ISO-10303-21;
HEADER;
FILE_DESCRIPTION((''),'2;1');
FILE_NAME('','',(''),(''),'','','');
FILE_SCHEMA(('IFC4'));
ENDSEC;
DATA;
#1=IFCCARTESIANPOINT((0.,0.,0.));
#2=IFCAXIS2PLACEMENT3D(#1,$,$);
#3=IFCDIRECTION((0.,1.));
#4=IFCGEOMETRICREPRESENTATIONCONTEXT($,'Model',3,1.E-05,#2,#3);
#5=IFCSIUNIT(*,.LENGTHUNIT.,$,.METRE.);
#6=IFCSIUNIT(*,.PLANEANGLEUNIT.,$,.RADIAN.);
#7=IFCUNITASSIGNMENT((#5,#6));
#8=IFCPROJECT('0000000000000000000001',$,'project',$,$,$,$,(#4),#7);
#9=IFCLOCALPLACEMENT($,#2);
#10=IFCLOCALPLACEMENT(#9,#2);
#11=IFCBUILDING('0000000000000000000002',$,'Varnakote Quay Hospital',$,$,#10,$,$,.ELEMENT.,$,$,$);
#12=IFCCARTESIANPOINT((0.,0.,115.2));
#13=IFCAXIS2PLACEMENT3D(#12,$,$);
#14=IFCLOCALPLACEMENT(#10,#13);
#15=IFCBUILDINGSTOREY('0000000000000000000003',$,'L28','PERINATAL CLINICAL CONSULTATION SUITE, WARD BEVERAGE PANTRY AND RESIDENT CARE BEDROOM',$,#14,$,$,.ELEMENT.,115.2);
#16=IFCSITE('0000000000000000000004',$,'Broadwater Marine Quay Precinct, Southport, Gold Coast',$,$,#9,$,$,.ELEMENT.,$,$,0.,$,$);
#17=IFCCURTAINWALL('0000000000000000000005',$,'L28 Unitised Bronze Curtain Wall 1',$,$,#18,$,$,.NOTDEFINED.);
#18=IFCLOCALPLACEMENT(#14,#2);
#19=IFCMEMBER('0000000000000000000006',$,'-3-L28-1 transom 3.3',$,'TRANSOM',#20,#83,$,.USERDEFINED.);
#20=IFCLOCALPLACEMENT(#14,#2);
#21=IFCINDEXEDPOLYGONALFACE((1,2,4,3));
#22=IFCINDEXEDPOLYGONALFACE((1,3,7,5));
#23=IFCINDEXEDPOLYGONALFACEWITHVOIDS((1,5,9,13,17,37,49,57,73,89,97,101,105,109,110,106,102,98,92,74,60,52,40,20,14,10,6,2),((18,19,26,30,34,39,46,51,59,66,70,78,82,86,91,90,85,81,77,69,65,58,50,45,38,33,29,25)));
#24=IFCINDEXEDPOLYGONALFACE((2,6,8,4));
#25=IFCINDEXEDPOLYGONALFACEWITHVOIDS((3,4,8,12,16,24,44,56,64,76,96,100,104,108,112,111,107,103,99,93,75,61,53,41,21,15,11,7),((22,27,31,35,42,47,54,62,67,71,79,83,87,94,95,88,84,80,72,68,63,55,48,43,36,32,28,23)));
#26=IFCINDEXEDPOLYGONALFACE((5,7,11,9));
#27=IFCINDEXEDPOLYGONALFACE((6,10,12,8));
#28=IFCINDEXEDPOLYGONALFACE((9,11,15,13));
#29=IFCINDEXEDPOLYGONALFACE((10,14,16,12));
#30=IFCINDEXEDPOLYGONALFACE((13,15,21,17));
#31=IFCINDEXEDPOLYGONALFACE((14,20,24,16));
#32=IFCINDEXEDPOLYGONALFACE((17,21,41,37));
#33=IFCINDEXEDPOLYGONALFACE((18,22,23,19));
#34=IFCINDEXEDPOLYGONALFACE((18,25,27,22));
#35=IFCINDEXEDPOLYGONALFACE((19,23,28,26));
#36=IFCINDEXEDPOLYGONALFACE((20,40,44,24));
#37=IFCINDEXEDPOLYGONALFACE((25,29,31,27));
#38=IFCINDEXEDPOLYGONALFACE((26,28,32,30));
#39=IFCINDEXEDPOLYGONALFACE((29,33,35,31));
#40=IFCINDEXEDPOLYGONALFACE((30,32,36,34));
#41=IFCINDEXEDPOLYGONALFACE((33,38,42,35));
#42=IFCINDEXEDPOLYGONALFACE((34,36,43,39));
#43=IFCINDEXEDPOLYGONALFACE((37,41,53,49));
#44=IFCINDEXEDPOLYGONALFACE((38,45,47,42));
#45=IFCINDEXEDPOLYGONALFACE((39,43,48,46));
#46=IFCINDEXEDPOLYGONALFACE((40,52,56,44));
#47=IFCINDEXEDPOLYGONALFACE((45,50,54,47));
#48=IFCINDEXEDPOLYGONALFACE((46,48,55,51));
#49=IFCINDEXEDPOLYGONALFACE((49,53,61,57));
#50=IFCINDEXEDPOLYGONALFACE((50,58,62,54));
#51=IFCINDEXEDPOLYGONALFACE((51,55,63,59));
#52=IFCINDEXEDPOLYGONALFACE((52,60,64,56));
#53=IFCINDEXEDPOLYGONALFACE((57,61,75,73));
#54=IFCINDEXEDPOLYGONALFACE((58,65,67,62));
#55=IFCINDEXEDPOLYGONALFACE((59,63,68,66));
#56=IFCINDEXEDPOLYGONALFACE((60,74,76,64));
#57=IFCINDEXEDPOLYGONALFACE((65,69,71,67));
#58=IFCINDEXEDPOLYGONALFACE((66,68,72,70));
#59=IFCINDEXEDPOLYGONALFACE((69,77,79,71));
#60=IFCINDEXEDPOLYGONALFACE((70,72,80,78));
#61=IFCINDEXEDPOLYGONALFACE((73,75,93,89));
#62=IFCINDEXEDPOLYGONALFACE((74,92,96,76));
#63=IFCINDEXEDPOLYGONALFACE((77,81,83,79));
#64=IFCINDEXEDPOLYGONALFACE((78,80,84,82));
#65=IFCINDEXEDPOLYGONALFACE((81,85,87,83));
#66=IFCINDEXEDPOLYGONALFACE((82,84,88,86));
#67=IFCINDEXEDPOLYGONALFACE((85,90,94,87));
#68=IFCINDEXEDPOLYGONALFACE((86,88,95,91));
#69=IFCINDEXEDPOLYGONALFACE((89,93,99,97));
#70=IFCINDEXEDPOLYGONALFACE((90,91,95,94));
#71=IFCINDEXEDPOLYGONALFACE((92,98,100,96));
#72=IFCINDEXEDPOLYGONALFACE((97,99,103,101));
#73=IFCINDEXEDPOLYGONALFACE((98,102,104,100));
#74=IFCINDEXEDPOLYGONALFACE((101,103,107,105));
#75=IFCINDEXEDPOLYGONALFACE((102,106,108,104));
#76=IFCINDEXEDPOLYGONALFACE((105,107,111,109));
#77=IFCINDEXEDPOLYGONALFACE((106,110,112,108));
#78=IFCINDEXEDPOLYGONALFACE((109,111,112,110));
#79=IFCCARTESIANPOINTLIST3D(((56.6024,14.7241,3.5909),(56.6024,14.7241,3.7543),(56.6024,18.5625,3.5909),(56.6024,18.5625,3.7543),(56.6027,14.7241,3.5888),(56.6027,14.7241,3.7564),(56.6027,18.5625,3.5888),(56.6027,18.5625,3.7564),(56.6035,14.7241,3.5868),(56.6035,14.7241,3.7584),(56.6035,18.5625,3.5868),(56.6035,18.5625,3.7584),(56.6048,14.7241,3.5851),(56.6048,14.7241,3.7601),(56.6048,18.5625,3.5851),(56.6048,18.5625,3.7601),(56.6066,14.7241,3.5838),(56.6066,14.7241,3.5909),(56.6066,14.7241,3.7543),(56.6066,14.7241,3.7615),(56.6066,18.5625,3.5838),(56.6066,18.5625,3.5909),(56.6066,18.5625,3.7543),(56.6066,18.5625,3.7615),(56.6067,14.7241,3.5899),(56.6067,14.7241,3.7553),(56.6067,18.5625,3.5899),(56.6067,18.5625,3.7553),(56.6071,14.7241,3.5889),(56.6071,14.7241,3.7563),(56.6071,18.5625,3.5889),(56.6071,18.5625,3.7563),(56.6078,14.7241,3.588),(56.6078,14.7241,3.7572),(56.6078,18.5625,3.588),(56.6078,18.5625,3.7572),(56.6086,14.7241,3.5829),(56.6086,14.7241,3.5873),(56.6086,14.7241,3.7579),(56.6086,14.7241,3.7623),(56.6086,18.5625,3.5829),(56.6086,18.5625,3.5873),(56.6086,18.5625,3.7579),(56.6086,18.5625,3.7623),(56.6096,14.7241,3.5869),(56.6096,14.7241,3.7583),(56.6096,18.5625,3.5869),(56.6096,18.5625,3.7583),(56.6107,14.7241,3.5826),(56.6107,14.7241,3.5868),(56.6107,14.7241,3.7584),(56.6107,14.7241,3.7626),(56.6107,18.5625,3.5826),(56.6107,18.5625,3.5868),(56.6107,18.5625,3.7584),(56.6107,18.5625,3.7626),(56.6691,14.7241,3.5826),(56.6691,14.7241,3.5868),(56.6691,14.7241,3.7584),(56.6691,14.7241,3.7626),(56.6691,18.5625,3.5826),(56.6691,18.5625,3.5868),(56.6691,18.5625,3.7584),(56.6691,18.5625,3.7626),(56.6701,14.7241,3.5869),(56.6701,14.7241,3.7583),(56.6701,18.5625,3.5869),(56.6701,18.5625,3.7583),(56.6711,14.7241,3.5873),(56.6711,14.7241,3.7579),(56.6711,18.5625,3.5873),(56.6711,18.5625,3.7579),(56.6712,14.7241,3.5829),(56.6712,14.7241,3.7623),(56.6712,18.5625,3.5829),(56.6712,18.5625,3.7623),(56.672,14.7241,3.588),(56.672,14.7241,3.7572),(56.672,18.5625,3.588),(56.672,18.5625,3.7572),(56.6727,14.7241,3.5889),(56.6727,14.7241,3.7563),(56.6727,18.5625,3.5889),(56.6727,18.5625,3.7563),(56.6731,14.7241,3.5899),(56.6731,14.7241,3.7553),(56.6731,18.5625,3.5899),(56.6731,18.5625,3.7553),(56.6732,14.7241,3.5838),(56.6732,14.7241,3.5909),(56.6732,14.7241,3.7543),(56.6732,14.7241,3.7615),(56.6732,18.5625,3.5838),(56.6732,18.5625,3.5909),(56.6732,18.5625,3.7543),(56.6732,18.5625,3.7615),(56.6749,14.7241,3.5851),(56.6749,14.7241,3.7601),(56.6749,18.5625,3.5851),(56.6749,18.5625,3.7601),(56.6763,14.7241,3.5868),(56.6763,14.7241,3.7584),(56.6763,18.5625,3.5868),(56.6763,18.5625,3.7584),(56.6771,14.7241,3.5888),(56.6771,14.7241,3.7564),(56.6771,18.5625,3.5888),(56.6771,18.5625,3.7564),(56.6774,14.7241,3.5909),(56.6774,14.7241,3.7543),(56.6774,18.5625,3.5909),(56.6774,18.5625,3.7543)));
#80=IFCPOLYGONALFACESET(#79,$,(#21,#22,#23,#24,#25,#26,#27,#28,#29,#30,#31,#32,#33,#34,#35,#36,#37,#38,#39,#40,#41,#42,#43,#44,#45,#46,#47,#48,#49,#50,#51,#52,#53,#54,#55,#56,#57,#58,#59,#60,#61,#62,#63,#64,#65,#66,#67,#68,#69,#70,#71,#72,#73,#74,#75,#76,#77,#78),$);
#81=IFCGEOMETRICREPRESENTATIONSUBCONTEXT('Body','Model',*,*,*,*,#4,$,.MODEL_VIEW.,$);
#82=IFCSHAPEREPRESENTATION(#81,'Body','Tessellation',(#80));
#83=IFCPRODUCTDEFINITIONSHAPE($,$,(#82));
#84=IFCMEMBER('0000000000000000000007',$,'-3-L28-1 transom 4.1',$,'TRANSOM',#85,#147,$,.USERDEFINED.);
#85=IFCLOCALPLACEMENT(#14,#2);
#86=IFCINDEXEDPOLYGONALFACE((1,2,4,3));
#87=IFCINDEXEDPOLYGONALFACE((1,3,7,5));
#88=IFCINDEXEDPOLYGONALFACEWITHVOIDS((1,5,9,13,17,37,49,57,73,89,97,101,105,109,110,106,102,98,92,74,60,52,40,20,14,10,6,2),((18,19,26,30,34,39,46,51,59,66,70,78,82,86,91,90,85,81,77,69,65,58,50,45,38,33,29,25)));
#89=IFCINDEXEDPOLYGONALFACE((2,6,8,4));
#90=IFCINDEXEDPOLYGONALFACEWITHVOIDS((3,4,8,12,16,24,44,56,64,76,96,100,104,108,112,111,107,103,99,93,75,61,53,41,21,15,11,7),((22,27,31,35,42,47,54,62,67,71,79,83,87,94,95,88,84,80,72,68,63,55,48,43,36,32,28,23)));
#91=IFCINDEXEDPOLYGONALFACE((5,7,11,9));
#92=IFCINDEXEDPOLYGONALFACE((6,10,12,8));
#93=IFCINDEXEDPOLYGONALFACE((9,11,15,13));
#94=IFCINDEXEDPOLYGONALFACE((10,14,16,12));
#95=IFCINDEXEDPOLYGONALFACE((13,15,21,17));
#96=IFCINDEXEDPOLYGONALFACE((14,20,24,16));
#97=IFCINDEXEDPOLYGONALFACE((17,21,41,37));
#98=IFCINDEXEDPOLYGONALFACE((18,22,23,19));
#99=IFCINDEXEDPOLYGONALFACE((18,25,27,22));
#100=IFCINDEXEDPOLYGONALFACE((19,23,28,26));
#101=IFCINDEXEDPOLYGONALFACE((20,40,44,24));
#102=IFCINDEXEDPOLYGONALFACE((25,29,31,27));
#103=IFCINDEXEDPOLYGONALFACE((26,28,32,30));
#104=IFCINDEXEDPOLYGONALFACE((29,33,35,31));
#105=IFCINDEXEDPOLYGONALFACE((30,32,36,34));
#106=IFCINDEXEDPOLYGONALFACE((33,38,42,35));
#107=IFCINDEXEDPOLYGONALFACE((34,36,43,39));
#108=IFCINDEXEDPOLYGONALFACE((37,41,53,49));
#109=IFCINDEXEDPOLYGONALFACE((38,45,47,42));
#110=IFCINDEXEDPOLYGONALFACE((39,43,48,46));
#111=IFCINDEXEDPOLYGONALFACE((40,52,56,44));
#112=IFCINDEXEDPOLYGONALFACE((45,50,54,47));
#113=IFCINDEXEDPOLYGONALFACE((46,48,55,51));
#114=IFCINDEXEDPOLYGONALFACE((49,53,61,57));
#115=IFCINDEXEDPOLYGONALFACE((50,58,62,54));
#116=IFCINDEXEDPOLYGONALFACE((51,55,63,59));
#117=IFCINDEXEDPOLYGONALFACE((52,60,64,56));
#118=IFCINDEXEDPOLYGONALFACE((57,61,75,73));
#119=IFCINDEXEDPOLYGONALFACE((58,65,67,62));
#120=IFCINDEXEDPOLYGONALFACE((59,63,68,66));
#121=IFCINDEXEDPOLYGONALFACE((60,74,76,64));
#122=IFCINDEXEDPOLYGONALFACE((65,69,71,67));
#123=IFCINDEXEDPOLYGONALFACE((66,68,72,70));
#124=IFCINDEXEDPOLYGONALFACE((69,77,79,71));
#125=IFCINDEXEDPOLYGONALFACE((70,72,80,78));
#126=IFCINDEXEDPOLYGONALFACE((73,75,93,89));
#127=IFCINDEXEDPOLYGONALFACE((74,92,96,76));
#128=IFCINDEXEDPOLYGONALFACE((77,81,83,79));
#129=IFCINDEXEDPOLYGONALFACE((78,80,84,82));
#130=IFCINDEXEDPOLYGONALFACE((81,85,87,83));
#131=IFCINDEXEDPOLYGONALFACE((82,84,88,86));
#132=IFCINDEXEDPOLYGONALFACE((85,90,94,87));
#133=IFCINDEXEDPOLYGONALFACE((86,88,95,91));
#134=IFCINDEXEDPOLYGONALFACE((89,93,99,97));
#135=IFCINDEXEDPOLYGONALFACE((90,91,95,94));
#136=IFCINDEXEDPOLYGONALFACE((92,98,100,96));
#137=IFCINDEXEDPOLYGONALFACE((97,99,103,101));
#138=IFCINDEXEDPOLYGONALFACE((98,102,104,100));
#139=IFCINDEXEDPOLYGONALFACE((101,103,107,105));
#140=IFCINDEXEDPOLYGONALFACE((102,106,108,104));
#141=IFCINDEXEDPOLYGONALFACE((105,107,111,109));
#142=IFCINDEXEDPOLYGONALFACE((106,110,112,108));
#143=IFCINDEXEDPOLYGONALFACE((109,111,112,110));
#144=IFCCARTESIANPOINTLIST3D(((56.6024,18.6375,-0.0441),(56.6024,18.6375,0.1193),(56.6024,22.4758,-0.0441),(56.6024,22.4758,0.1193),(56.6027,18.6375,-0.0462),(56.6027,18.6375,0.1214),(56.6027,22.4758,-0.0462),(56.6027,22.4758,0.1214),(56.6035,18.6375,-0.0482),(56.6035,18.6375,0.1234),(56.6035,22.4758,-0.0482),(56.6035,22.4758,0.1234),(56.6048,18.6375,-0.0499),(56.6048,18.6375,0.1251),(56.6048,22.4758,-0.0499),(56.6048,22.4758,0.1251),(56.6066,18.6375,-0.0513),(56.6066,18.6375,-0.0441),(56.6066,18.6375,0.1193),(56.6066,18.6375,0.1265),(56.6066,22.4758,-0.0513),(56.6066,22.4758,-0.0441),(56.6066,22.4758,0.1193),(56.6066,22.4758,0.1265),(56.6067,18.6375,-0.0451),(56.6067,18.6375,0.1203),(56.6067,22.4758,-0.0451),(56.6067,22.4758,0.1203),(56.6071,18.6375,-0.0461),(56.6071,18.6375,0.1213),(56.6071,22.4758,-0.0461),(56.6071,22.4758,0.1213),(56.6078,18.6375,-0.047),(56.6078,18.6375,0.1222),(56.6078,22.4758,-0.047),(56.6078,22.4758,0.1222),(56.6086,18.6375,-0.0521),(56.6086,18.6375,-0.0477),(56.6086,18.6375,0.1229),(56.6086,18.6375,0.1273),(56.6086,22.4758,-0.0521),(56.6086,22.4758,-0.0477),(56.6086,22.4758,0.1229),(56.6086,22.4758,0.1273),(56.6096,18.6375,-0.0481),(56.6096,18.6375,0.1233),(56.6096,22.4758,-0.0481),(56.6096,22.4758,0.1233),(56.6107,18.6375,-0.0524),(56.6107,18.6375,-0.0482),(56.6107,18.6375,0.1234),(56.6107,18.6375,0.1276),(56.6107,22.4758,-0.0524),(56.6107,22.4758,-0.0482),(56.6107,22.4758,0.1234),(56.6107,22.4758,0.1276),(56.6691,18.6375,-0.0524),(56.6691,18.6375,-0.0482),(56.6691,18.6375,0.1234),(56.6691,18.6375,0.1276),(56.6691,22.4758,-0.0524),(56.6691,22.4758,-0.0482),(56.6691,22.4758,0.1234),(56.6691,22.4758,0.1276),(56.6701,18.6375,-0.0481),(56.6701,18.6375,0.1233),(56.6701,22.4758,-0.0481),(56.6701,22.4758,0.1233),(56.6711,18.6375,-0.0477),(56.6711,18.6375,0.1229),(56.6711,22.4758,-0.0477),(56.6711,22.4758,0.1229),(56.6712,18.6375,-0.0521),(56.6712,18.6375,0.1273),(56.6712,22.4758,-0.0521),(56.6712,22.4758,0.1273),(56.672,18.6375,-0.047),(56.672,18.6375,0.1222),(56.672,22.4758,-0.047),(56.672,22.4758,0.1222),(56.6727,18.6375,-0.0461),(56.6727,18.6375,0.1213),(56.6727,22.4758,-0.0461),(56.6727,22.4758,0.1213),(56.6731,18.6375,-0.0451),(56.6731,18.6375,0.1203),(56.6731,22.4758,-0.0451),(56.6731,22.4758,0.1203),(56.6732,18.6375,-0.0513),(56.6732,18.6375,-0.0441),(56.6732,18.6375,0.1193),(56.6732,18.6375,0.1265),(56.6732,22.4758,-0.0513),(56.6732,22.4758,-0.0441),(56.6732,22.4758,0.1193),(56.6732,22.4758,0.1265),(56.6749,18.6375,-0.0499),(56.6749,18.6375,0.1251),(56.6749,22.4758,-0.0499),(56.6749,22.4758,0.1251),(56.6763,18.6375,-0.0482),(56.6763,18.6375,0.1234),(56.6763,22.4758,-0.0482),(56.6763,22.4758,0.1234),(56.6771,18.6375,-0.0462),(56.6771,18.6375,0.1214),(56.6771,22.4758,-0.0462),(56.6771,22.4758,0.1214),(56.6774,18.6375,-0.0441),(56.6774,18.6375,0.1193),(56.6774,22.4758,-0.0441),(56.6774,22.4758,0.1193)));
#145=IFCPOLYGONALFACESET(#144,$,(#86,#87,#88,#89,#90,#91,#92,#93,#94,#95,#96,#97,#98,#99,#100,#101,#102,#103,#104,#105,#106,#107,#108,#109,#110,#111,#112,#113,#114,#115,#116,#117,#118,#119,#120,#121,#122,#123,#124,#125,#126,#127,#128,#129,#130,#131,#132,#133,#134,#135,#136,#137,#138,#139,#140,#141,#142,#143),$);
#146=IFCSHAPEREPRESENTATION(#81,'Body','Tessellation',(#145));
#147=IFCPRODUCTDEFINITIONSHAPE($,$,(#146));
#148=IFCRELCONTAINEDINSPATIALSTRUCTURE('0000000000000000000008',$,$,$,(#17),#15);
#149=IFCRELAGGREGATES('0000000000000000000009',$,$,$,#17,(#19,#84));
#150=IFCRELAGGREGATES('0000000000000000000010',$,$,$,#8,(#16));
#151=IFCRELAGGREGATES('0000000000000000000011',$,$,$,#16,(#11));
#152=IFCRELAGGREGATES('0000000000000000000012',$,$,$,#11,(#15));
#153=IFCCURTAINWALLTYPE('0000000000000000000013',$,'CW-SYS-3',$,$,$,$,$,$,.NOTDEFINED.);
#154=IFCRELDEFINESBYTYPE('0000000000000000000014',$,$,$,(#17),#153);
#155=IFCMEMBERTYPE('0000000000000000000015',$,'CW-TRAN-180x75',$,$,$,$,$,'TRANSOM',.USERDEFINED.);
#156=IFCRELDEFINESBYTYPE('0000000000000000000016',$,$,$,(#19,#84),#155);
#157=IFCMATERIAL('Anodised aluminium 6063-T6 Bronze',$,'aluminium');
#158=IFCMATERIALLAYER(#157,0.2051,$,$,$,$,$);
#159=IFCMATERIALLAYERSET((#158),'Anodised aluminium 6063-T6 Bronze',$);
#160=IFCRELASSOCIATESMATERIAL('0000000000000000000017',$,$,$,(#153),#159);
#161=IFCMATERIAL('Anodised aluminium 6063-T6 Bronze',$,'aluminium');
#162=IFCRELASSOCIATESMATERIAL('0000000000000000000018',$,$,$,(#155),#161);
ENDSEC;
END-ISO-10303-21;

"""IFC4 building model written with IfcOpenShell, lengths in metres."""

from ifc_helpers import new_model, si_unit, direction, frame, origin, origin_2d, place, context, subcontext, project, spatial, hollow_rectangle, extrude, material, layer, layer_set, material_profile, profile_set, type_object, element, aggregate, save


model = new_model("IFC4")

# Units and contexts
model_context = context("Model", 3, precision=1e-05, world=origin(), true_north=direction((0.0, 1.0)))
body_context = subcontext(model_context, "Body", "Model", "MODEL_VIEW")
ifc_project = project(units=[si_unit("LENGTHUNIT", "METRE"), si_unit("PLANEANGLEUNIT", "RADIAN")], contexts=[model_context])

# Site, building, storey
site_placement = place(None, origin())
site = spatial("IfcSite", under=ifc_project, at=site_placement, Name="Broadwater Marine Quay Precinct, Southport, Gold Coast", CompositionType="ELEMENT", RefElevation=0.0)
building_placement = place(site_placement, origin())
building = spatial("IfcBuilding", under=site, at=building_placement, Name="Varnakote Quay Hospital", CompositionType="ELEMENT")
storey_placement = place(building_placement, frame((0.0, 0.0, 115.2)))
storey = spatial("IfcBuildingStorey", under=building, at=storey_placement, Name="L28", Description="PERINATAL CLINICAL CONSULTATION SUITE, WARD BEVERAGE PANTRY AND RESIDENT CARE BEDROOM", CompositionType="ELEMENT", Elevation=115.2)

# Curtain wall, members
ifc_material_1 = material(Name="Anodised aluminium 6063-T6 Bronze", Category="aluminium")
ifc_layer_1 = layer(ifc_material_1, 0.2051)
ifc_layer_set_1 = layer_set([ifc_layer_1], Name="Anodised aluminium 6063-T6 Bronze")
curtain_wall_type = type_object("IfcCurtainWallType", Name="CW-SYS-3", PredefinedType="NOTDEFINED", material=ifc_layer_set_1)
curtain_wall_placement = place(storey_placement, origin())
curtain_wall = element("IfcCurtainWall", 1, at=curtain_wall_placement, inside=storey, type_object=curtain_wall_type, Name="L28 Unitised Bronze Curtain Wall 1", PredefinedType="NOTDEFINED")
ifc_material_2 = material(Name="Anodised aluminium 6063-T6 Bronze", Category="aluminium")
ifc_material_profile_1 = material_profile(ifc_material_2, hollow_rectangle(XDim=0.075, YDim=0.1799, WallThickness=0.0042, InnerFilletRadius=0.0042, OuterFilletRadius=0.0083, at=origin_2d()), Name="CW-TRAN-180x75")
ifc_profile_set_1 = profile_set([ifc_material_profile_1], Name="Anodised aluminium 6063-T6 Bronze")
member_type_1 = type_object("IfcMemberType", Name="CW-TRAN-180x75", ElementType="TRANSOM", PredefinedType="USERDEFINED", material=ifc_profile_set_1)
member_1_placement = place(storey_placement, frame((56.6399, 14.7241, 3.6726), z_axis=(0.0, 1.0, 0.0), x_axis=(-1.0, 0.0, 0.0)))
member_1 = element("IfcMember", 2, at=member_1_placement, type_object=member_type_1, Name="-3-L28-1 transom 3.3", ObjectType="TRANSOM", PredefinedType="USERDEFINED", context=body_context, shape_type="SweptSolid", body=[
    extrude(hollow_rectangle(XDim=0.075, YDim=0.1799, WallThickness=0.0042, InnerFilletRadius=0.0042, OuterFilletRadius=0.0083, at=origin_2d()), origin(), (0.0, 0.0, 1.0), 3.8384),
])
member_2_placement = place(storey_placement, frame((56.6399, 18.6375, 0.0376), z_axis=(0.0, 1.0, 0.0), x_axis=(-1.0, 0.0, 0.0)))
member_2 = element("IfcMember", 3, at=member_2_placement, type_object=member_type_1, Name="-3-L28-1 transom 4.1", ObjectType="TRANSOM", PredefinedType="USERDEFINED", context=body_context, shape_type="SweptSolid", body=[
    extrude(hollow_rectangle(XDim=0.075, YDim=0.1799, WallThickness=0.0042, InnerFilletRadius=0.0042, OuterFilletRadius=0.0083, at=origin_2d()), origin(), (0.0, 0.0, 1.0), 3.8384),
])
aggregate(curtain_wall, [member_1, member_2])

save(model, "model.ifc")
